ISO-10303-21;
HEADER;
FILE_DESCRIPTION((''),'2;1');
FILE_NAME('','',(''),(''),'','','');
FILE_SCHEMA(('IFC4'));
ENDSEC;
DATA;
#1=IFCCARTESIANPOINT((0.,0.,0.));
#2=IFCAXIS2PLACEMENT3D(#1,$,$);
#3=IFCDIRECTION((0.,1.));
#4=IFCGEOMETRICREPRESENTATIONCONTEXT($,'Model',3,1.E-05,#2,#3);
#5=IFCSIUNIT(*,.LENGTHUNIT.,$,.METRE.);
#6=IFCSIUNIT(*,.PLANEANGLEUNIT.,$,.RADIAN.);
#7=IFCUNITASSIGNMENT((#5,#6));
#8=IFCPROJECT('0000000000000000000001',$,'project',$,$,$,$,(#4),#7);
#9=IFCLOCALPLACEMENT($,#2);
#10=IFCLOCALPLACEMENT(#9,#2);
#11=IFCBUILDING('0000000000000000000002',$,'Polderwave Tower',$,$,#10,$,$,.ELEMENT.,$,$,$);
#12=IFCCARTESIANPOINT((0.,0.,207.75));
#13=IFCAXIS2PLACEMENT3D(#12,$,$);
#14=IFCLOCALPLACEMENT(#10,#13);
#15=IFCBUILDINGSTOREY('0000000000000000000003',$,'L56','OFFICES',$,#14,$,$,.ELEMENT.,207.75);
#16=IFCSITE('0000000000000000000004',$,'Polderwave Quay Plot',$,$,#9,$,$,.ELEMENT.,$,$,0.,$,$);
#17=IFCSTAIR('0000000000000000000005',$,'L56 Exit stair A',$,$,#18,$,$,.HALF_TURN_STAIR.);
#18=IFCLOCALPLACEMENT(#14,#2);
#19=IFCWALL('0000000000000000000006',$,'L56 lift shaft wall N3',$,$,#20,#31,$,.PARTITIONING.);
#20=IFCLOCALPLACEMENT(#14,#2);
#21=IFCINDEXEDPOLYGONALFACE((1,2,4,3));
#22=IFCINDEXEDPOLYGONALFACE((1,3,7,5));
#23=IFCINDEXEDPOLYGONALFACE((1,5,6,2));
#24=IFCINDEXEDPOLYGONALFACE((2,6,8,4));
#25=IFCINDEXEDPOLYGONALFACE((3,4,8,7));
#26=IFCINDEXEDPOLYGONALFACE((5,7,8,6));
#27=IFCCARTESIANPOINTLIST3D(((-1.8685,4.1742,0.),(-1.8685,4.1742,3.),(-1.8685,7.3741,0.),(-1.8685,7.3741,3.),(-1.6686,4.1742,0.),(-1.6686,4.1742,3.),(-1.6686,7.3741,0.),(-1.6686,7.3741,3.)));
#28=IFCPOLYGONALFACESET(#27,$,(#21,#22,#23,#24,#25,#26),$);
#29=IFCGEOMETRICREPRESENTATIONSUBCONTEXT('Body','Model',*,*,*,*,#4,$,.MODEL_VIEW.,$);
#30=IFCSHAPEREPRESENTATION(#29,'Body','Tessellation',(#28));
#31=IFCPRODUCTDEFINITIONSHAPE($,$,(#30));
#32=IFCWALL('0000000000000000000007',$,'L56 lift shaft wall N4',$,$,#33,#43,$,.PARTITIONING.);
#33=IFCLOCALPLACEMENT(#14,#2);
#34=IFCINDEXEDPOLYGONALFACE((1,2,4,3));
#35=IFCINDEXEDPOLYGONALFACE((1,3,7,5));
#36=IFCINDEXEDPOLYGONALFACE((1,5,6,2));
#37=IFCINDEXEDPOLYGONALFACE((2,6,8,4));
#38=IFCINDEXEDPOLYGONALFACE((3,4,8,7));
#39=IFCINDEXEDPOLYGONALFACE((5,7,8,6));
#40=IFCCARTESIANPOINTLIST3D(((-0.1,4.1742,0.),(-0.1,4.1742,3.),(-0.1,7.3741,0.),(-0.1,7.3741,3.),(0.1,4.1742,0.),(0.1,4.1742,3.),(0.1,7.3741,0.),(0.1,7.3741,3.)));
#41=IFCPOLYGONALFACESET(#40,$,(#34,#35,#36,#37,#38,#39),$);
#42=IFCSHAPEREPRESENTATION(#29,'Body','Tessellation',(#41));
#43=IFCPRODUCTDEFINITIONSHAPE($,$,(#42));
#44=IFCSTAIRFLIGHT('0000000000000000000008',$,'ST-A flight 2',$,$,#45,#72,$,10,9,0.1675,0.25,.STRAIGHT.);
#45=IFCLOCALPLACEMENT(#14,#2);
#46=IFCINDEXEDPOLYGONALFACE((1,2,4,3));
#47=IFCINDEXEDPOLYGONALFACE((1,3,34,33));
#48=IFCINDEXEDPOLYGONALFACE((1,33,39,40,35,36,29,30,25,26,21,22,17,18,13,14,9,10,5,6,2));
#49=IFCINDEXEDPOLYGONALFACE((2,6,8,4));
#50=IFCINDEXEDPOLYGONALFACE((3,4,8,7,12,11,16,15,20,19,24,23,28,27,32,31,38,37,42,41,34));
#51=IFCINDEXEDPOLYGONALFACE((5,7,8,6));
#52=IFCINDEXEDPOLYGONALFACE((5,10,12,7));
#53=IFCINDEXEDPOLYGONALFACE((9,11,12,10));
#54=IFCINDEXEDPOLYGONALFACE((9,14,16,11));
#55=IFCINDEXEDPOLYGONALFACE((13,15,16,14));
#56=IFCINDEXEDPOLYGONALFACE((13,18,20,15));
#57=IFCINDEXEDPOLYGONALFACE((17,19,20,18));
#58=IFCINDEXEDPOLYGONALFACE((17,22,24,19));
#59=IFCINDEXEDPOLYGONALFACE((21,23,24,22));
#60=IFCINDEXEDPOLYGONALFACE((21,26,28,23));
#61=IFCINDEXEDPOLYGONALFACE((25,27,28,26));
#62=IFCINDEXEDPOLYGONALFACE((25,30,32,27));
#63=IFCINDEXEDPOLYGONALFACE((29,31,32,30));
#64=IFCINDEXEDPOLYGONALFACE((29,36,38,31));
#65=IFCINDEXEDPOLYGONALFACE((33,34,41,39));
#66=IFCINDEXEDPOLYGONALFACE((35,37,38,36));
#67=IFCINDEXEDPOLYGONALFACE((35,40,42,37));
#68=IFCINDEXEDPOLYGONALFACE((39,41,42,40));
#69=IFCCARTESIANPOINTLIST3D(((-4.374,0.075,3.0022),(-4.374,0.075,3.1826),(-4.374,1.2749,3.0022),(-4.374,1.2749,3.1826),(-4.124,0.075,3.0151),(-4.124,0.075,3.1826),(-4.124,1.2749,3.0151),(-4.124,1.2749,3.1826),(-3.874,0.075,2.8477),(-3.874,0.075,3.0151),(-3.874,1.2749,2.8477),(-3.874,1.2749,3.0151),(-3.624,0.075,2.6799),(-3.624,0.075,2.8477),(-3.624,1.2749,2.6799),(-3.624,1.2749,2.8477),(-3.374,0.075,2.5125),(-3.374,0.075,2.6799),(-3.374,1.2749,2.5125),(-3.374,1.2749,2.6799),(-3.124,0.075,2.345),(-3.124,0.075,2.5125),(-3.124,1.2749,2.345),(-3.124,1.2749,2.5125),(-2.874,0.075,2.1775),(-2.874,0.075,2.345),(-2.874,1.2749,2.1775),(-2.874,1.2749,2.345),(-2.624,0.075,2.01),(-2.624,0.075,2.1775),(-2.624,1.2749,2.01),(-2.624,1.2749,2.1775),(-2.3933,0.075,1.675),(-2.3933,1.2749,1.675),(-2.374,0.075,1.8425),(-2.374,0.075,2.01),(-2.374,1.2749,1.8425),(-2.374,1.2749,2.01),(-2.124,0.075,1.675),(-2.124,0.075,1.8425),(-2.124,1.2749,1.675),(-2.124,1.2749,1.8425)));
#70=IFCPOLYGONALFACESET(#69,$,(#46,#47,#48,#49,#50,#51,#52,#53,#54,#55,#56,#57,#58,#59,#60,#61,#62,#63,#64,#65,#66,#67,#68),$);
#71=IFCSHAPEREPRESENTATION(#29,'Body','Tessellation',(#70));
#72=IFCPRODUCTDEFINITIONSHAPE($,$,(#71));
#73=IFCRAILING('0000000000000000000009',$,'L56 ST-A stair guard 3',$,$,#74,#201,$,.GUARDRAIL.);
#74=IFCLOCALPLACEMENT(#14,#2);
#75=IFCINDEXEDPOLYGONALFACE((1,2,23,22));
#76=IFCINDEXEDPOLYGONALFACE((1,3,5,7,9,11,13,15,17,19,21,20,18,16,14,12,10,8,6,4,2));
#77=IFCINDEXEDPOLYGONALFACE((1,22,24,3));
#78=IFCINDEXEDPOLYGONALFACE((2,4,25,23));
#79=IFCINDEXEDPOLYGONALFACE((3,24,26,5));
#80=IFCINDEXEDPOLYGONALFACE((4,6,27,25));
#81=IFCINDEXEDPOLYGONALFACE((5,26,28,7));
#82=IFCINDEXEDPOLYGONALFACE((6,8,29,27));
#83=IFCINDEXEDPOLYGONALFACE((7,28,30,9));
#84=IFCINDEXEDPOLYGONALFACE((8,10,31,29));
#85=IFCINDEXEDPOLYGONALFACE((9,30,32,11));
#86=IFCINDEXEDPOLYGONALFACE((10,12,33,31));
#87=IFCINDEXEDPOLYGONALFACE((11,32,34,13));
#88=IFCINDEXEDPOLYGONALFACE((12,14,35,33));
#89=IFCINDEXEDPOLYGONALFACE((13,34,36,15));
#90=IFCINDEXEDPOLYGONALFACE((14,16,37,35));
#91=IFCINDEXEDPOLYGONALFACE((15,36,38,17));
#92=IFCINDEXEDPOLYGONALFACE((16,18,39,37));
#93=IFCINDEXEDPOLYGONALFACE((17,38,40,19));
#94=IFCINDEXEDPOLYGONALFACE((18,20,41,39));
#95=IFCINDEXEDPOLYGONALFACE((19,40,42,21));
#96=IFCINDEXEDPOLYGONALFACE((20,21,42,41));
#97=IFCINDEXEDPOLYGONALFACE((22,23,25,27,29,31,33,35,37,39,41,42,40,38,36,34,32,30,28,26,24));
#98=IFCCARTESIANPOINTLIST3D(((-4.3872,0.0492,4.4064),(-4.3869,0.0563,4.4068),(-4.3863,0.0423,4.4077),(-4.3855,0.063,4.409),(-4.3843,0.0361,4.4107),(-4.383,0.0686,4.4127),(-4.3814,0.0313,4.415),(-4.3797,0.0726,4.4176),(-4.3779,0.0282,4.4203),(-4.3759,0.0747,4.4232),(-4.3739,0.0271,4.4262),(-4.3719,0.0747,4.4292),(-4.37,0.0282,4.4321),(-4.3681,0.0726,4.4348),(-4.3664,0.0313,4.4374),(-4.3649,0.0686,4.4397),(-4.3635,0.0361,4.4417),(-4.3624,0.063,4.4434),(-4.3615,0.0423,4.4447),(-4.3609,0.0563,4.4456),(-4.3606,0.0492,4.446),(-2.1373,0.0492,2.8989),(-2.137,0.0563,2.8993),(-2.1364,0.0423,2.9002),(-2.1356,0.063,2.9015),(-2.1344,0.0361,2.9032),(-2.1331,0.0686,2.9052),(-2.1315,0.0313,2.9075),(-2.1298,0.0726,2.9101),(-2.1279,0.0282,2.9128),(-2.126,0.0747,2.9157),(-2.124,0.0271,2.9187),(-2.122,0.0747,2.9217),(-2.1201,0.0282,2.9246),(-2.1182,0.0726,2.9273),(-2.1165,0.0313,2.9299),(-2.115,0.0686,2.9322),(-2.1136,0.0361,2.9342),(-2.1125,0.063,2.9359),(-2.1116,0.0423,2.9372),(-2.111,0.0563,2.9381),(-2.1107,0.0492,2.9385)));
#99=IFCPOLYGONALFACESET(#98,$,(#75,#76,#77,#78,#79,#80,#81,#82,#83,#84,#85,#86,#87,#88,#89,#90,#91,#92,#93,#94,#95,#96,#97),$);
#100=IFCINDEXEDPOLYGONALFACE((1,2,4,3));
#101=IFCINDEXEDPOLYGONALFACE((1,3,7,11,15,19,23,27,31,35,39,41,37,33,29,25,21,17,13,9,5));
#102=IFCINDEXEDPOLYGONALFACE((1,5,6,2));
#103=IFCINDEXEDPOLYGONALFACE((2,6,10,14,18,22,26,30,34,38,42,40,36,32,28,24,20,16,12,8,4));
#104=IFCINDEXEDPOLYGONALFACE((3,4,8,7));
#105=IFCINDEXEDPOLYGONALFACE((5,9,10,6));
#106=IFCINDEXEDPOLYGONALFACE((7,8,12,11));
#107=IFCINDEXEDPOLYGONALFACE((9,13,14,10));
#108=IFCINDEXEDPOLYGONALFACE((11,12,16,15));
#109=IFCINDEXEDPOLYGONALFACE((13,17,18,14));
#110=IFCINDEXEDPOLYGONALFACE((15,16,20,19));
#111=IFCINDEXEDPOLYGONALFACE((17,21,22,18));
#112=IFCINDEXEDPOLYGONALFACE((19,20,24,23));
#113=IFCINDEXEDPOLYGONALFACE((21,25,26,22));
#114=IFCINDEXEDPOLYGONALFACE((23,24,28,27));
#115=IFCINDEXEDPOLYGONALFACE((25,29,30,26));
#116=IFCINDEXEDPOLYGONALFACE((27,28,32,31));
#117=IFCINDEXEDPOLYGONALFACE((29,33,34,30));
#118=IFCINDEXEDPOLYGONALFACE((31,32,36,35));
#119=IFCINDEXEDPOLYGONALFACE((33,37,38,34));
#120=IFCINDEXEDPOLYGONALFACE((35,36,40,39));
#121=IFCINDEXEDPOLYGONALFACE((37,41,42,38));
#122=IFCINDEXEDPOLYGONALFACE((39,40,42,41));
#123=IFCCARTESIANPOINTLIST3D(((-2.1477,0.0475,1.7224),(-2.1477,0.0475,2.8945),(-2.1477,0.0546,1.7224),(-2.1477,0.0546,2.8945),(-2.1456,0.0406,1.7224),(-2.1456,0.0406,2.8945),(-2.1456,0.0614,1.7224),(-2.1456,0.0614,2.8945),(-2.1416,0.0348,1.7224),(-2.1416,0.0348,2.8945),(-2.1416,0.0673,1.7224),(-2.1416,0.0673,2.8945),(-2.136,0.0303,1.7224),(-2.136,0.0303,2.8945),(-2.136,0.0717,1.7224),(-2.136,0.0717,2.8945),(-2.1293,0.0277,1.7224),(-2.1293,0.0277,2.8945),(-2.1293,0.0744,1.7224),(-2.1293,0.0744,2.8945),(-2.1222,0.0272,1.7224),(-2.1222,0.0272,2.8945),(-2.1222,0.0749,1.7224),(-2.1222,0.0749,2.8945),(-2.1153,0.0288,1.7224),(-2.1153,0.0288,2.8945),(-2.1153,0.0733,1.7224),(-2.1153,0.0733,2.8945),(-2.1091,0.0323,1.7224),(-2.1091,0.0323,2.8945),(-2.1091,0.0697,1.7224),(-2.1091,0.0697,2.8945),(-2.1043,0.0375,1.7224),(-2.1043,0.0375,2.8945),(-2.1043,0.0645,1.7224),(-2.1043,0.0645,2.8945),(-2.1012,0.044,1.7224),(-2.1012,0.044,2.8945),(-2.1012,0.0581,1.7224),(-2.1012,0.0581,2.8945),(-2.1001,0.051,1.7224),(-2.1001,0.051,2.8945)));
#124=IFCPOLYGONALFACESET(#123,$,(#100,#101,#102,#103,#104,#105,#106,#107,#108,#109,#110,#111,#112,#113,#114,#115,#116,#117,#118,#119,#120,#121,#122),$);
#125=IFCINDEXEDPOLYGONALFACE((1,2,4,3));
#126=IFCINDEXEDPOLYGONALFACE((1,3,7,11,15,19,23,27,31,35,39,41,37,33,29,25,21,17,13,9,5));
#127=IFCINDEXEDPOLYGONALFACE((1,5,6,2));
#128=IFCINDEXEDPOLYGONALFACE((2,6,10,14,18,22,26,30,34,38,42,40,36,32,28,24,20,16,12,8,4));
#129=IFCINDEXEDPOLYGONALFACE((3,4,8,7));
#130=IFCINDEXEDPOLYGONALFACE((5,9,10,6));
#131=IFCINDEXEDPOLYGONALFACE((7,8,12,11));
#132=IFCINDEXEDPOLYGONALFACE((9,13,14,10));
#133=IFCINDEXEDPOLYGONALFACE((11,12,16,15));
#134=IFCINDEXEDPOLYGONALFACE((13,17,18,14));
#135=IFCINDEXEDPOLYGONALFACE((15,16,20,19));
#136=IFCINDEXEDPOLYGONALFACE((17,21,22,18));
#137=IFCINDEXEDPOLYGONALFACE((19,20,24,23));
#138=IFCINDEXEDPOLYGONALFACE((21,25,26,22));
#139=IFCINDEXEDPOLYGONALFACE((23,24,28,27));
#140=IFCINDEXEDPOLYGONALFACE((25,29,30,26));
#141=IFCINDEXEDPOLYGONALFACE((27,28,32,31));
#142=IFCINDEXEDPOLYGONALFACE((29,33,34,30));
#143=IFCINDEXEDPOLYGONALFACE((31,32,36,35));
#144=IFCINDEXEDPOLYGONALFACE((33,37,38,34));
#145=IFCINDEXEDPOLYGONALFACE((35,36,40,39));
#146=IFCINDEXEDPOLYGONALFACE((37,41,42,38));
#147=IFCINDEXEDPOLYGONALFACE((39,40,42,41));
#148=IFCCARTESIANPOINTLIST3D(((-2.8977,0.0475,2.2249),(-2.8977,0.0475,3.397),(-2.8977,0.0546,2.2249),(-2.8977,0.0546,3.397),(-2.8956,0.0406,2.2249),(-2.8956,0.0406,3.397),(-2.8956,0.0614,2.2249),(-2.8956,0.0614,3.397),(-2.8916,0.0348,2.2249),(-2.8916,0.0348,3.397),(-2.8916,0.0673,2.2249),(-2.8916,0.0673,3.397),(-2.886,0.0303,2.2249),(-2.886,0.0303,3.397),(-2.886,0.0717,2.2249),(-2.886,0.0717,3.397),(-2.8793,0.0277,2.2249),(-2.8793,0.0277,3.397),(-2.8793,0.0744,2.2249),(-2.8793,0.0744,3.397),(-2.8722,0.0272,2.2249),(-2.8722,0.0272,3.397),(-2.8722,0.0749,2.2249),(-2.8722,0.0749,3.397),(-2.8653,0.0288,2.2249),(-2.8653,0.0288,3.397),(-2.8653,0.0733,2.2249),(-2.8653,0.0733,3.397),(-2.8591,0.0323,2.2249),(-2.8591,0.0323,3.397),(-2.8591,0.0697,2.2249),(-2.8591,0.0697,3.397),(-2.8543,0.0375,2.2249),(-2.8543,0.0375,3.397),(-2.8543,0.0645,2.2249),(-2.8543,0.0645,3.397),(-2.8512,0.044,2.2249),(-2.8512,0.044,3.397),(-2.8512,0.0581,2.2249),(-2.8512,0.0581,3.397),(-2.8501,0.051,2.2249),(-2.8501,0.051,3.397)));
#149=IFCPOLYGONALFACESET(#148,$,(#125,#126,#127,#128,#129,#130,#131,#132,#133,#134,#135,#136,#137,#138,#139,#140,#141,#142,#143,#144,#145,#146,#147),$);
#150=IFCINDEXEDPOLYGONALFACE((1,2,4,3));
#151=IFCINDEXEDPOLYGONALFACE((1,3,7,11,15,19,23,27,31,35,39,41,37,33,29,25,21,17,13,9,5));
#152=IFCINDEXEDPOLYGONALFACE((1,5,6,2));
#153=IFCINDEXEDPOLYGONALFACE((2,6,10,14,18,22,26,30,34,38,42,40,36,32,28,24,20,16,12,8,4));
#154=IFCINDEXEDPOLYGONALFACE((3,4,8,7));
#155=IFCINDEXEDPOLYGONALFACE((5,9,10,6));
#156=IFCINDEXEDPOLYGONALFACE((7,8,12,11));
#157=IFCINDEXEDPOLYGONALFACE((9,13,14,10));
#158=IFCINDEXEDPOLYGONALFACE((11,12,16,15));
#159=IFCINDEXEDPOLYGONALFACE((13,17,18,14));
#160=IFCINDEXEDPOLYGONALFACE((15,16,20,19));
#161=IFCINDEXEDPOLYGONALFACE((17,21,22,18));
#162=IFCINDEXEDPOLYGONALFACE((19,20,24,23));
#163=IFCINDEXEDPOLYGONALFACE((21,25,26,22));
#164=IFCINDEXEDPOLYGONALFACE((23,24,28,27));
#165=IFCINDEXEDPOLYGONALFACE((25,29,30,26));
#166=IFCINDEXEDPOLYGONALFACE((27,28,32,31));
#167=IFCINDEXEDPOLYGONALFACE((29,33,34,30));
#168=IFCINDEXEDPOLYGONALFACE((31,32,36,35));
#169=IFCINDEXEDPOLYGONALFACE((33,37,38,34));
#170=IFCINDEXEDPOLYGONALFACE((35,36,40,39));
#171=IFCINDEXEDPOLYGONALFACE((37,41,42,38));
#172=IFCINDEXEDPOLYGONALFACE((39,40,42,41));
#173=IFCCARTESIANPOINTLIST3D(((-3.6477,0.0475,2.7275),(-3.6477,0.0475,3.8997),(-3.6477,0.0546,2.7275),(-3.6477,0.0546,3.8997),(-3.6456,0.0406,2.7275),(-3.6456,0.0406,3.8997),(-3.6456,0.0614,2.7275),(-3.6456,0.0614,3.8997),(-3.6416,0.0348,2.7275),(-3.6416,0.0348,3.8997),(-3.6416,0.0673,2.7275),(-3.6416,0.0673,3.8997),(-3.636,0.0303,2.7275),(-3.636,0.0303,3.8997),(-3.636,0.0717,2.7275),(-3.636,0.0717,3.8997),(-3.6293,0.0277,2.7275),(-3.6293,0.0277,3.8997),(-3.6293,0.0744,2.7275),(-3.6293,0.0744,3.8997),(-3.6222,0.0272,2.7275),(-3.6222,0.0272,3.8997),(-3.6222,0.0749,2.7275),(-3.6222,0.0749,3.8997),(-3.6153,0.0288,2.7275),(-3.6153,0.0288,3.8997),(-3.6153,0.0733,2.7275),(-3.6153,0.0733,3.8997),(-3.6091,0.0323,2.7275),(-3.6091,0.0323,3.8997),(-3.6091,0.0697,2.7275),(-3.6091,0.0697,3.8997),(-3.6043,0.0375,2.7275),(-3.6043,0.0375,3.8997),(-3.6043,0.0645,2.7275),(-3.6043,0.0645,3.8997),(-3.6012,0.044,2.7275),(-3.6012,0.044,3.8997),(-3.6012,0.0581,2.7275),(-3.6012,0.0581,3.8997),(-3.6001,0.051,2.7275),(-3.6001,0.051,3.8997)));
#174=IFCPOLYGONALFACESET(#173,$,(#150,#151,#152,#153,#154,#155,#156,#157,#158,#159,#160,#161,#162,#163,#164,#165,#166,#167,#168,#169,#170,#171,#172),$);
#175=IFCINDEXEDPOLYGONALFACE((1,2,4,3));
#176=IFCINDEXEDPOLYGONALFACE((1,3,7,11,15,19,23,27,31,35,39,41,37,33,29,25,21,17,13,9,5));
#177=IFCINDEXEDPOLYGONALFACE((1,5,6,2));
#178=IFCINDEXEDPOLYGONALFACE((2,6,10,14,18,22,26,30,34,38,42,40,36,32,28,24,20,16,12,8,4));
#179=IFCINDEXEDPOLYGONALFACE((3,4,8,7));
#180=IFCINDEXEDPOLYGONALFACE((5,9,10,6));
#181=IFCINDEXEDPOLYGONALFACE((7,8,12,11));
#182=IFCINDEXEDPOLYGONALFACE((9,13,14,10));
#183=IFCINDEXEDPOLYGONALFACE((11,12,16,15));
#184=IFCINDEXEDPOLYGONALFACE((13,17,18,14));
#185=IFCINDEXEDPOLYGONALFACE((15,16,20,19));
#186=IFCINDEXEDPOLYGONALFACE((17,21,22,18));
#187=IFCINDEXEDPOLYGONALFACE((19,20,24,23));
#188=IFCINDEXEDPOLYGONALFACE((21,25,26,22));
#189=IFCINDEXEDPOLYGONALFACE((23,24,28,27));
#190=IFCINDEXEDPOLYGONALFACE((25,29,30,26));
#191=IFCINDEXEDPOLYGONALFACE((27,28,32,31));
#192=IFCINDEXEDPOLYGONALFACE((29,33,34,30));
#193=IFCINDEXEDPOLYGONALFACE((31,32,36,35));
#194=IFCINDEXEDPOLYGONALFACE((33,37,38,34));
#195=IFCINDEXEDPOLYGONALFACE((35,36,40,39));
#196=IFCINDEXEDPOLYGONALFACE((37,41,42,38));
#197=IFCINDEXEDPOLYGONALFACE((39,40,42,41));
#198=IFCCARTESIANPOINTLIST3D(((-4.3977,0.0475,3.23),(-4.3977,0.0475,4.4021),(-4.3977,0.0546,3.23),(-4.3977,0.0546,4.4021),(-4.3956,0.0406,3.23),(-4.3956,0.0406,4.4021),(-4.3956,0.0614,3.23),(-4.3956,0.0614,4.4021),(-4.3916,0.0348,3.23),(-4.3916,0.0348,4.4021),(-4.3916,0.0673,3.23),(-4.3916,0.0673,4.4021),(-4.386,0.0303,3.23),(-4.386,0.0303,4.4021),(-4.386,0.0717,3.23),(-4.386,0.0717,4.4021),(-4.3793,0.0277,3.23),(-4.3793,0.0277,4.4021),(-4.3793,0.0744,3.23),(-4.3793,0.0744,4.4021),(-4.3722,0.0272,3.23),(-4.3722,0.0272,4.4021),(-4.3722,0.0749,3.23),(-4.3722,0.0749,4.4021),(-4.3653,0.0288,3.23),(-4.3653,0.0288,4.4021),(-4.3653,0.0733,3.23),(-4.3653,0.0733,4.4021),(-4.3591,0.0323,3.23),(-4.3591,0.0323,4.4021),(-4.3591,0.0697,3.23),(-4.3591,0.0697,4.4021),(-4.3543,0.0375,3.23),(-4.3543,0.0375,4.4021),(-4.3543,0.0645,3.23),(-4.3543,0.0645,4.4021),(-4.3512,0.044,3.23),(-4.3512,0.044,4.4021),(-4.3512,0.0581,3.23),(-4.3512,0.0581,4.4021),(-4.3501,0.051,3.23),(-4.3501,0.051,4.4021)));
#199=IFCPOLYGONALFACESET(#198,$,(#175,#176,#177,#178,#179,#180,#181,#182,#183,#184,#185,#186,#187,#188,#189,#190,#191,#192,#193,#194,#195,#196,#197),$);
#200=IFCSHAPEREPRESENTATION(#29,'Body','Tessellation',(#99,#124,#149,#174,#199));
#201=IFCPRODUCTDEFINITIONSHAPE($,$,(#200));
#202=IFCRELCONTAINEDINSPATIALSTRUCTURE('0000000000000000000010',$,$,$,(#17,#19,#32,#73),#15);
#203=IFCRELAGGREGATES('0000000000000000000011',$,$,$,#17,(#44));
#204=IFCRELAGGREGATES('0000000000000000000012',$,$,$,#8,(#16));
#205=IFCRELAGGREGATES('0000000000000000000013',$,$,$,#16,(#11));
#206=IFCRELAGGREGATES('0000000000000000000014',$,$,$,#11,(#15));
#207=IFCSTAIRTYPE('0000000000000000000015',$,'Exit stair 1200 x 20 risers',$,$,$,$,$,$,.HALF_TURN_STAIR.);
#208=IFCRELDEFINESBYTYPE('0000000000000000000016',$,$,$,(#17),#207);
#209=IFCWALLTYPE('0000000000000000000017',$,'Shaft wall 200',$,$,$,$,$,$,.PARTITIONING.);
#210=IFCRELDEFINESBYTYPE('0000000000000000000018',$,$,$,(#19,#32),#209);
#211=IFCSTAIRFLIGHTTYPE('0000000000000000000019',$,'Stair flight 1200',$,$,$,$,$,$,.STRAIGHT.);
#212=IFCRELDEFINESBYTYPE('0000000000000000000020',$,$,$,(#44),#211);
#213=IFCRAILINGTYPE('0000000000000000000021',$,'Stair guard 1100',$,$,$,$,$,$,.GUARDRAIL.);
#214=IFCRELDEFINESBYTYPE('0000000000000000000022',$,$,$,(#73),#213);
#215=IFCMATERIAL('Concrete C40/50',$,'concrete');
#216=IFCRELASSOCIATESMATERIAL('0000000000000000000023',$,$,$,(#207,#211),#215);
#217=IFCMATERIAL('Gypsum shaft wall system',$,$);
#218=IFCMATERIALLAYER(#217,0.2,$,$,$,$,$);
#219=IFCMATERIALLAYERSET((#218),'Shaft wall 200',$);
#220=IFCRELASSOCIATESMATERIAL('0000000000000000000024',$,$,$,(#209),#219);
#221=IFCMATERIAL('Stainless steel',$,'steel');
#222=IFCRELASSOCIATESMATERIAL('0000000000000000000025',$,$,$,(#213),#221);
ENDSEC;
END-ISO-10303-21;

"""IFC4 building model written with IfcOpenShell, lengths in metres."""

from ifc_helpers import new_model, si_unit, direction, frame, frame_2d, origin, origin_2d, place, context, subcontext, project, spatial, polyline, rectangle, circle, outline, extrude, material, layer, layer_set, type_object, element, aggregate, save


model = new_model("IFC4")

# Units and contexts
model_context = context("Model", 3, precision=1e-05, world=origin(), true_north=direction((0.0, 1.0)))
body_context = subcontext(model_context, "Body", "Model", "MODEL_VIEW")
ifc_project = project(units=[si_unit("LENGTHUNIT", "METRE"), si_unit("PLANEANGLEUNIT", "RADIAN")], contexts=[model_context])

# Site, building, storey
site_placement = place(None, origin())
site = spatial("IfcSite", under=ifc_project, at=site_placement, Name="Polderwave Quay Plot", CompositionType="ELEMENT", RefElevation=0.0)
building_placement = place(site_placement, origin())
building = spatial("IfcBuilding", under=site, at=building_placement, Name="Polderwave Tower", CompositionType="ELEMENT")
storey_placement = place(building_placement, frame((0.0, 0.0, 207.75)))
storey = spatial("IfcBuildingStorey", under=building, at=storey_placement, Name="L56", Description="OFFICES", CompositionType="ELEMENT", Elevation=207.75)

# Shared definitions
ifc_material_1 = material(Name="Concrete C40/50", Category="concrete")

# Stair
stair_type = type_object("IfcStairType", Name="Exit stair 1200 x 20 risers", PredefinedType="HALF_TURN_STAIR", material=ifc_material_1)
stair_1_placement = place(storey_placement, origin())
stair_1 = element("IfcStair", 1, at=stair_1_placement, inside=storey, type_object=stair_type, Name="L56 Exit stair A", PredefinedType="HALF_TURN_STAIR")

# Shared definitions
ifc_material_2 = material(Name="Stainless steel", Category="steel")

# Walls
ifc_material_3 = material(Name="Gypsum shaft wall system")
ifc_layer_1 = layer(ifc_material_3, 0.2)
ifc_layer_set_1 = layer_set([ifc_layer_1], Name="Shaft wall 200")
wall_type_1 = type_object("IfcWallType", Name="Shaft wall 200", PredefinedType="PARTITIONING", material=ifc_layer_set_1)
for number, where, z_axis, x_axis, name in (
    (2, (-1.7686, 4.1741, 0.0), (0.0, 0.0, 1.0), (0.0, 1.0, 0.0), "L56 lift shaft wall N3"),
    (3, (0.0, 4.1741, 0.0), (0.0, 0.0, 1.0), (0.0, 1.0, 0.0), "L56 lift shaft wall N4"),
):
    element("IfcWall", number, at=place(storey_placement, frame(where, z_axis=z_axis, x_axis=x_axis)), inside=storey, type_object=wall_type_1, Name=name, PredefinedType="PARTITIONING", context=body_context, shape_type="SweptSolid", body=[
        extrude(rectangle(XDim=3.2, YDim=0.2, at=frame_2d((1.6001, 0.0))), origin(), (0.0, 0.0, 1.0), 3.0),
    ])

# Stair flight
stair_flight_type = type_object("IfcStairFlightType", Name="Stair flight 1200", PredefinedType="STRAIGHT", material=ifc_material_1)
stair_flight_placement = place(storey_placement, frame((-2.124, 0.675, 1.675), z_axis=(0.0, 0.0, 1.0), x_axis=(-1.0, 0.0, 0.0)))
stair_flight = element("IfcStairFlight", 4, at=stair_flight_placement, type_object=stair_flight_type, Name="ST-A flight 2", NumberOfRisers=10, NumberOfTreads=9, PredefinedType="STRAIGHT", RiserHeight=0.1675, TreadLength=0.25, context=body_context, shape_type="SweptSolid", body=[
    extrude(outline(polyline([(0.0, 0.0), (0.0, 0.1675), (0.25, 0.1675), (0.25, 0.335), (0.5, 0.335), (0.5, 0.5024), (0.75, 0.5024), (0.75, 0.6699), (1.0, 0.6699), (1.0, 0.8374), (1.25, 0.8374), (1.25, 1.0049), (1.5, 1.0049), (1.5, 1.1726), (1.75, 1.1726), (1.75, 1.3401), (2.0, 1.3401), (2.0, 1.5076), (2.25, 1.5076), (2.25, 1.675), (2.25, 1.3271), (0.2693, 0.0), (0.0, 0.0)])), frame((0.0, 0.6001, 0.0), z_axis=(0.0, -1.0, 0.0), x_axis=(1.0, 0.0, 0.0)), (0.0, 0.0, 1.0), 1.2),
])
aggregate(stair_1, [stair_flight])

# Railing
railing_type_1 = type_object("IfcRailingType", Name="Stair guard 1100", PredefinedType="GUARDRAIL", material=ifc_material_2)
railing_1_placement = place(storey_placement, frame((-2.124, 0.051, 1.7224)))
element("IfcRailing", 5, at=railing_1_placement, inside=storey, type_object=railing_type_1, Name="L56 ST-A stair guard 3", PredefinedType="GUARDRAIL", context=body_context, shape_type="SweptSolid", body=[
    extrude(circle(Radius=0.0239, at=origin_2d()), frame((0.0, 0.0, 1.1963), z_axis=(-0.830758, 0.0, 0.556633), x_axis=(0.0, -1.0, 0.0)), (0.0, 0.0, 1.0), 2.7083),
    extrude(circle(Radius=0.0239, at=origin_2d()), origin(), (0.0, 0.0, 1.0), 1.1721),
    extrude(circle(Radius=0.0239, at=origin_2d()), frame((-0.75, 0.0, 0.5024)), (0.0, 0.0, 1.0), 1.1721),
    extrude(circle(Radius=0.0239, at=origin_2d()), frame((-1.5, 0.0, 1.0051)), (0.0, 0.0, 1.0), 1.1721),
    extrude(circle(Radius=0.0239, at=origin_2d()), frame((-2.25, 0.0, 1.5076)), (0.0, 0.0, 1.0), 1.1721),
])

save(model, "model.ifc")
